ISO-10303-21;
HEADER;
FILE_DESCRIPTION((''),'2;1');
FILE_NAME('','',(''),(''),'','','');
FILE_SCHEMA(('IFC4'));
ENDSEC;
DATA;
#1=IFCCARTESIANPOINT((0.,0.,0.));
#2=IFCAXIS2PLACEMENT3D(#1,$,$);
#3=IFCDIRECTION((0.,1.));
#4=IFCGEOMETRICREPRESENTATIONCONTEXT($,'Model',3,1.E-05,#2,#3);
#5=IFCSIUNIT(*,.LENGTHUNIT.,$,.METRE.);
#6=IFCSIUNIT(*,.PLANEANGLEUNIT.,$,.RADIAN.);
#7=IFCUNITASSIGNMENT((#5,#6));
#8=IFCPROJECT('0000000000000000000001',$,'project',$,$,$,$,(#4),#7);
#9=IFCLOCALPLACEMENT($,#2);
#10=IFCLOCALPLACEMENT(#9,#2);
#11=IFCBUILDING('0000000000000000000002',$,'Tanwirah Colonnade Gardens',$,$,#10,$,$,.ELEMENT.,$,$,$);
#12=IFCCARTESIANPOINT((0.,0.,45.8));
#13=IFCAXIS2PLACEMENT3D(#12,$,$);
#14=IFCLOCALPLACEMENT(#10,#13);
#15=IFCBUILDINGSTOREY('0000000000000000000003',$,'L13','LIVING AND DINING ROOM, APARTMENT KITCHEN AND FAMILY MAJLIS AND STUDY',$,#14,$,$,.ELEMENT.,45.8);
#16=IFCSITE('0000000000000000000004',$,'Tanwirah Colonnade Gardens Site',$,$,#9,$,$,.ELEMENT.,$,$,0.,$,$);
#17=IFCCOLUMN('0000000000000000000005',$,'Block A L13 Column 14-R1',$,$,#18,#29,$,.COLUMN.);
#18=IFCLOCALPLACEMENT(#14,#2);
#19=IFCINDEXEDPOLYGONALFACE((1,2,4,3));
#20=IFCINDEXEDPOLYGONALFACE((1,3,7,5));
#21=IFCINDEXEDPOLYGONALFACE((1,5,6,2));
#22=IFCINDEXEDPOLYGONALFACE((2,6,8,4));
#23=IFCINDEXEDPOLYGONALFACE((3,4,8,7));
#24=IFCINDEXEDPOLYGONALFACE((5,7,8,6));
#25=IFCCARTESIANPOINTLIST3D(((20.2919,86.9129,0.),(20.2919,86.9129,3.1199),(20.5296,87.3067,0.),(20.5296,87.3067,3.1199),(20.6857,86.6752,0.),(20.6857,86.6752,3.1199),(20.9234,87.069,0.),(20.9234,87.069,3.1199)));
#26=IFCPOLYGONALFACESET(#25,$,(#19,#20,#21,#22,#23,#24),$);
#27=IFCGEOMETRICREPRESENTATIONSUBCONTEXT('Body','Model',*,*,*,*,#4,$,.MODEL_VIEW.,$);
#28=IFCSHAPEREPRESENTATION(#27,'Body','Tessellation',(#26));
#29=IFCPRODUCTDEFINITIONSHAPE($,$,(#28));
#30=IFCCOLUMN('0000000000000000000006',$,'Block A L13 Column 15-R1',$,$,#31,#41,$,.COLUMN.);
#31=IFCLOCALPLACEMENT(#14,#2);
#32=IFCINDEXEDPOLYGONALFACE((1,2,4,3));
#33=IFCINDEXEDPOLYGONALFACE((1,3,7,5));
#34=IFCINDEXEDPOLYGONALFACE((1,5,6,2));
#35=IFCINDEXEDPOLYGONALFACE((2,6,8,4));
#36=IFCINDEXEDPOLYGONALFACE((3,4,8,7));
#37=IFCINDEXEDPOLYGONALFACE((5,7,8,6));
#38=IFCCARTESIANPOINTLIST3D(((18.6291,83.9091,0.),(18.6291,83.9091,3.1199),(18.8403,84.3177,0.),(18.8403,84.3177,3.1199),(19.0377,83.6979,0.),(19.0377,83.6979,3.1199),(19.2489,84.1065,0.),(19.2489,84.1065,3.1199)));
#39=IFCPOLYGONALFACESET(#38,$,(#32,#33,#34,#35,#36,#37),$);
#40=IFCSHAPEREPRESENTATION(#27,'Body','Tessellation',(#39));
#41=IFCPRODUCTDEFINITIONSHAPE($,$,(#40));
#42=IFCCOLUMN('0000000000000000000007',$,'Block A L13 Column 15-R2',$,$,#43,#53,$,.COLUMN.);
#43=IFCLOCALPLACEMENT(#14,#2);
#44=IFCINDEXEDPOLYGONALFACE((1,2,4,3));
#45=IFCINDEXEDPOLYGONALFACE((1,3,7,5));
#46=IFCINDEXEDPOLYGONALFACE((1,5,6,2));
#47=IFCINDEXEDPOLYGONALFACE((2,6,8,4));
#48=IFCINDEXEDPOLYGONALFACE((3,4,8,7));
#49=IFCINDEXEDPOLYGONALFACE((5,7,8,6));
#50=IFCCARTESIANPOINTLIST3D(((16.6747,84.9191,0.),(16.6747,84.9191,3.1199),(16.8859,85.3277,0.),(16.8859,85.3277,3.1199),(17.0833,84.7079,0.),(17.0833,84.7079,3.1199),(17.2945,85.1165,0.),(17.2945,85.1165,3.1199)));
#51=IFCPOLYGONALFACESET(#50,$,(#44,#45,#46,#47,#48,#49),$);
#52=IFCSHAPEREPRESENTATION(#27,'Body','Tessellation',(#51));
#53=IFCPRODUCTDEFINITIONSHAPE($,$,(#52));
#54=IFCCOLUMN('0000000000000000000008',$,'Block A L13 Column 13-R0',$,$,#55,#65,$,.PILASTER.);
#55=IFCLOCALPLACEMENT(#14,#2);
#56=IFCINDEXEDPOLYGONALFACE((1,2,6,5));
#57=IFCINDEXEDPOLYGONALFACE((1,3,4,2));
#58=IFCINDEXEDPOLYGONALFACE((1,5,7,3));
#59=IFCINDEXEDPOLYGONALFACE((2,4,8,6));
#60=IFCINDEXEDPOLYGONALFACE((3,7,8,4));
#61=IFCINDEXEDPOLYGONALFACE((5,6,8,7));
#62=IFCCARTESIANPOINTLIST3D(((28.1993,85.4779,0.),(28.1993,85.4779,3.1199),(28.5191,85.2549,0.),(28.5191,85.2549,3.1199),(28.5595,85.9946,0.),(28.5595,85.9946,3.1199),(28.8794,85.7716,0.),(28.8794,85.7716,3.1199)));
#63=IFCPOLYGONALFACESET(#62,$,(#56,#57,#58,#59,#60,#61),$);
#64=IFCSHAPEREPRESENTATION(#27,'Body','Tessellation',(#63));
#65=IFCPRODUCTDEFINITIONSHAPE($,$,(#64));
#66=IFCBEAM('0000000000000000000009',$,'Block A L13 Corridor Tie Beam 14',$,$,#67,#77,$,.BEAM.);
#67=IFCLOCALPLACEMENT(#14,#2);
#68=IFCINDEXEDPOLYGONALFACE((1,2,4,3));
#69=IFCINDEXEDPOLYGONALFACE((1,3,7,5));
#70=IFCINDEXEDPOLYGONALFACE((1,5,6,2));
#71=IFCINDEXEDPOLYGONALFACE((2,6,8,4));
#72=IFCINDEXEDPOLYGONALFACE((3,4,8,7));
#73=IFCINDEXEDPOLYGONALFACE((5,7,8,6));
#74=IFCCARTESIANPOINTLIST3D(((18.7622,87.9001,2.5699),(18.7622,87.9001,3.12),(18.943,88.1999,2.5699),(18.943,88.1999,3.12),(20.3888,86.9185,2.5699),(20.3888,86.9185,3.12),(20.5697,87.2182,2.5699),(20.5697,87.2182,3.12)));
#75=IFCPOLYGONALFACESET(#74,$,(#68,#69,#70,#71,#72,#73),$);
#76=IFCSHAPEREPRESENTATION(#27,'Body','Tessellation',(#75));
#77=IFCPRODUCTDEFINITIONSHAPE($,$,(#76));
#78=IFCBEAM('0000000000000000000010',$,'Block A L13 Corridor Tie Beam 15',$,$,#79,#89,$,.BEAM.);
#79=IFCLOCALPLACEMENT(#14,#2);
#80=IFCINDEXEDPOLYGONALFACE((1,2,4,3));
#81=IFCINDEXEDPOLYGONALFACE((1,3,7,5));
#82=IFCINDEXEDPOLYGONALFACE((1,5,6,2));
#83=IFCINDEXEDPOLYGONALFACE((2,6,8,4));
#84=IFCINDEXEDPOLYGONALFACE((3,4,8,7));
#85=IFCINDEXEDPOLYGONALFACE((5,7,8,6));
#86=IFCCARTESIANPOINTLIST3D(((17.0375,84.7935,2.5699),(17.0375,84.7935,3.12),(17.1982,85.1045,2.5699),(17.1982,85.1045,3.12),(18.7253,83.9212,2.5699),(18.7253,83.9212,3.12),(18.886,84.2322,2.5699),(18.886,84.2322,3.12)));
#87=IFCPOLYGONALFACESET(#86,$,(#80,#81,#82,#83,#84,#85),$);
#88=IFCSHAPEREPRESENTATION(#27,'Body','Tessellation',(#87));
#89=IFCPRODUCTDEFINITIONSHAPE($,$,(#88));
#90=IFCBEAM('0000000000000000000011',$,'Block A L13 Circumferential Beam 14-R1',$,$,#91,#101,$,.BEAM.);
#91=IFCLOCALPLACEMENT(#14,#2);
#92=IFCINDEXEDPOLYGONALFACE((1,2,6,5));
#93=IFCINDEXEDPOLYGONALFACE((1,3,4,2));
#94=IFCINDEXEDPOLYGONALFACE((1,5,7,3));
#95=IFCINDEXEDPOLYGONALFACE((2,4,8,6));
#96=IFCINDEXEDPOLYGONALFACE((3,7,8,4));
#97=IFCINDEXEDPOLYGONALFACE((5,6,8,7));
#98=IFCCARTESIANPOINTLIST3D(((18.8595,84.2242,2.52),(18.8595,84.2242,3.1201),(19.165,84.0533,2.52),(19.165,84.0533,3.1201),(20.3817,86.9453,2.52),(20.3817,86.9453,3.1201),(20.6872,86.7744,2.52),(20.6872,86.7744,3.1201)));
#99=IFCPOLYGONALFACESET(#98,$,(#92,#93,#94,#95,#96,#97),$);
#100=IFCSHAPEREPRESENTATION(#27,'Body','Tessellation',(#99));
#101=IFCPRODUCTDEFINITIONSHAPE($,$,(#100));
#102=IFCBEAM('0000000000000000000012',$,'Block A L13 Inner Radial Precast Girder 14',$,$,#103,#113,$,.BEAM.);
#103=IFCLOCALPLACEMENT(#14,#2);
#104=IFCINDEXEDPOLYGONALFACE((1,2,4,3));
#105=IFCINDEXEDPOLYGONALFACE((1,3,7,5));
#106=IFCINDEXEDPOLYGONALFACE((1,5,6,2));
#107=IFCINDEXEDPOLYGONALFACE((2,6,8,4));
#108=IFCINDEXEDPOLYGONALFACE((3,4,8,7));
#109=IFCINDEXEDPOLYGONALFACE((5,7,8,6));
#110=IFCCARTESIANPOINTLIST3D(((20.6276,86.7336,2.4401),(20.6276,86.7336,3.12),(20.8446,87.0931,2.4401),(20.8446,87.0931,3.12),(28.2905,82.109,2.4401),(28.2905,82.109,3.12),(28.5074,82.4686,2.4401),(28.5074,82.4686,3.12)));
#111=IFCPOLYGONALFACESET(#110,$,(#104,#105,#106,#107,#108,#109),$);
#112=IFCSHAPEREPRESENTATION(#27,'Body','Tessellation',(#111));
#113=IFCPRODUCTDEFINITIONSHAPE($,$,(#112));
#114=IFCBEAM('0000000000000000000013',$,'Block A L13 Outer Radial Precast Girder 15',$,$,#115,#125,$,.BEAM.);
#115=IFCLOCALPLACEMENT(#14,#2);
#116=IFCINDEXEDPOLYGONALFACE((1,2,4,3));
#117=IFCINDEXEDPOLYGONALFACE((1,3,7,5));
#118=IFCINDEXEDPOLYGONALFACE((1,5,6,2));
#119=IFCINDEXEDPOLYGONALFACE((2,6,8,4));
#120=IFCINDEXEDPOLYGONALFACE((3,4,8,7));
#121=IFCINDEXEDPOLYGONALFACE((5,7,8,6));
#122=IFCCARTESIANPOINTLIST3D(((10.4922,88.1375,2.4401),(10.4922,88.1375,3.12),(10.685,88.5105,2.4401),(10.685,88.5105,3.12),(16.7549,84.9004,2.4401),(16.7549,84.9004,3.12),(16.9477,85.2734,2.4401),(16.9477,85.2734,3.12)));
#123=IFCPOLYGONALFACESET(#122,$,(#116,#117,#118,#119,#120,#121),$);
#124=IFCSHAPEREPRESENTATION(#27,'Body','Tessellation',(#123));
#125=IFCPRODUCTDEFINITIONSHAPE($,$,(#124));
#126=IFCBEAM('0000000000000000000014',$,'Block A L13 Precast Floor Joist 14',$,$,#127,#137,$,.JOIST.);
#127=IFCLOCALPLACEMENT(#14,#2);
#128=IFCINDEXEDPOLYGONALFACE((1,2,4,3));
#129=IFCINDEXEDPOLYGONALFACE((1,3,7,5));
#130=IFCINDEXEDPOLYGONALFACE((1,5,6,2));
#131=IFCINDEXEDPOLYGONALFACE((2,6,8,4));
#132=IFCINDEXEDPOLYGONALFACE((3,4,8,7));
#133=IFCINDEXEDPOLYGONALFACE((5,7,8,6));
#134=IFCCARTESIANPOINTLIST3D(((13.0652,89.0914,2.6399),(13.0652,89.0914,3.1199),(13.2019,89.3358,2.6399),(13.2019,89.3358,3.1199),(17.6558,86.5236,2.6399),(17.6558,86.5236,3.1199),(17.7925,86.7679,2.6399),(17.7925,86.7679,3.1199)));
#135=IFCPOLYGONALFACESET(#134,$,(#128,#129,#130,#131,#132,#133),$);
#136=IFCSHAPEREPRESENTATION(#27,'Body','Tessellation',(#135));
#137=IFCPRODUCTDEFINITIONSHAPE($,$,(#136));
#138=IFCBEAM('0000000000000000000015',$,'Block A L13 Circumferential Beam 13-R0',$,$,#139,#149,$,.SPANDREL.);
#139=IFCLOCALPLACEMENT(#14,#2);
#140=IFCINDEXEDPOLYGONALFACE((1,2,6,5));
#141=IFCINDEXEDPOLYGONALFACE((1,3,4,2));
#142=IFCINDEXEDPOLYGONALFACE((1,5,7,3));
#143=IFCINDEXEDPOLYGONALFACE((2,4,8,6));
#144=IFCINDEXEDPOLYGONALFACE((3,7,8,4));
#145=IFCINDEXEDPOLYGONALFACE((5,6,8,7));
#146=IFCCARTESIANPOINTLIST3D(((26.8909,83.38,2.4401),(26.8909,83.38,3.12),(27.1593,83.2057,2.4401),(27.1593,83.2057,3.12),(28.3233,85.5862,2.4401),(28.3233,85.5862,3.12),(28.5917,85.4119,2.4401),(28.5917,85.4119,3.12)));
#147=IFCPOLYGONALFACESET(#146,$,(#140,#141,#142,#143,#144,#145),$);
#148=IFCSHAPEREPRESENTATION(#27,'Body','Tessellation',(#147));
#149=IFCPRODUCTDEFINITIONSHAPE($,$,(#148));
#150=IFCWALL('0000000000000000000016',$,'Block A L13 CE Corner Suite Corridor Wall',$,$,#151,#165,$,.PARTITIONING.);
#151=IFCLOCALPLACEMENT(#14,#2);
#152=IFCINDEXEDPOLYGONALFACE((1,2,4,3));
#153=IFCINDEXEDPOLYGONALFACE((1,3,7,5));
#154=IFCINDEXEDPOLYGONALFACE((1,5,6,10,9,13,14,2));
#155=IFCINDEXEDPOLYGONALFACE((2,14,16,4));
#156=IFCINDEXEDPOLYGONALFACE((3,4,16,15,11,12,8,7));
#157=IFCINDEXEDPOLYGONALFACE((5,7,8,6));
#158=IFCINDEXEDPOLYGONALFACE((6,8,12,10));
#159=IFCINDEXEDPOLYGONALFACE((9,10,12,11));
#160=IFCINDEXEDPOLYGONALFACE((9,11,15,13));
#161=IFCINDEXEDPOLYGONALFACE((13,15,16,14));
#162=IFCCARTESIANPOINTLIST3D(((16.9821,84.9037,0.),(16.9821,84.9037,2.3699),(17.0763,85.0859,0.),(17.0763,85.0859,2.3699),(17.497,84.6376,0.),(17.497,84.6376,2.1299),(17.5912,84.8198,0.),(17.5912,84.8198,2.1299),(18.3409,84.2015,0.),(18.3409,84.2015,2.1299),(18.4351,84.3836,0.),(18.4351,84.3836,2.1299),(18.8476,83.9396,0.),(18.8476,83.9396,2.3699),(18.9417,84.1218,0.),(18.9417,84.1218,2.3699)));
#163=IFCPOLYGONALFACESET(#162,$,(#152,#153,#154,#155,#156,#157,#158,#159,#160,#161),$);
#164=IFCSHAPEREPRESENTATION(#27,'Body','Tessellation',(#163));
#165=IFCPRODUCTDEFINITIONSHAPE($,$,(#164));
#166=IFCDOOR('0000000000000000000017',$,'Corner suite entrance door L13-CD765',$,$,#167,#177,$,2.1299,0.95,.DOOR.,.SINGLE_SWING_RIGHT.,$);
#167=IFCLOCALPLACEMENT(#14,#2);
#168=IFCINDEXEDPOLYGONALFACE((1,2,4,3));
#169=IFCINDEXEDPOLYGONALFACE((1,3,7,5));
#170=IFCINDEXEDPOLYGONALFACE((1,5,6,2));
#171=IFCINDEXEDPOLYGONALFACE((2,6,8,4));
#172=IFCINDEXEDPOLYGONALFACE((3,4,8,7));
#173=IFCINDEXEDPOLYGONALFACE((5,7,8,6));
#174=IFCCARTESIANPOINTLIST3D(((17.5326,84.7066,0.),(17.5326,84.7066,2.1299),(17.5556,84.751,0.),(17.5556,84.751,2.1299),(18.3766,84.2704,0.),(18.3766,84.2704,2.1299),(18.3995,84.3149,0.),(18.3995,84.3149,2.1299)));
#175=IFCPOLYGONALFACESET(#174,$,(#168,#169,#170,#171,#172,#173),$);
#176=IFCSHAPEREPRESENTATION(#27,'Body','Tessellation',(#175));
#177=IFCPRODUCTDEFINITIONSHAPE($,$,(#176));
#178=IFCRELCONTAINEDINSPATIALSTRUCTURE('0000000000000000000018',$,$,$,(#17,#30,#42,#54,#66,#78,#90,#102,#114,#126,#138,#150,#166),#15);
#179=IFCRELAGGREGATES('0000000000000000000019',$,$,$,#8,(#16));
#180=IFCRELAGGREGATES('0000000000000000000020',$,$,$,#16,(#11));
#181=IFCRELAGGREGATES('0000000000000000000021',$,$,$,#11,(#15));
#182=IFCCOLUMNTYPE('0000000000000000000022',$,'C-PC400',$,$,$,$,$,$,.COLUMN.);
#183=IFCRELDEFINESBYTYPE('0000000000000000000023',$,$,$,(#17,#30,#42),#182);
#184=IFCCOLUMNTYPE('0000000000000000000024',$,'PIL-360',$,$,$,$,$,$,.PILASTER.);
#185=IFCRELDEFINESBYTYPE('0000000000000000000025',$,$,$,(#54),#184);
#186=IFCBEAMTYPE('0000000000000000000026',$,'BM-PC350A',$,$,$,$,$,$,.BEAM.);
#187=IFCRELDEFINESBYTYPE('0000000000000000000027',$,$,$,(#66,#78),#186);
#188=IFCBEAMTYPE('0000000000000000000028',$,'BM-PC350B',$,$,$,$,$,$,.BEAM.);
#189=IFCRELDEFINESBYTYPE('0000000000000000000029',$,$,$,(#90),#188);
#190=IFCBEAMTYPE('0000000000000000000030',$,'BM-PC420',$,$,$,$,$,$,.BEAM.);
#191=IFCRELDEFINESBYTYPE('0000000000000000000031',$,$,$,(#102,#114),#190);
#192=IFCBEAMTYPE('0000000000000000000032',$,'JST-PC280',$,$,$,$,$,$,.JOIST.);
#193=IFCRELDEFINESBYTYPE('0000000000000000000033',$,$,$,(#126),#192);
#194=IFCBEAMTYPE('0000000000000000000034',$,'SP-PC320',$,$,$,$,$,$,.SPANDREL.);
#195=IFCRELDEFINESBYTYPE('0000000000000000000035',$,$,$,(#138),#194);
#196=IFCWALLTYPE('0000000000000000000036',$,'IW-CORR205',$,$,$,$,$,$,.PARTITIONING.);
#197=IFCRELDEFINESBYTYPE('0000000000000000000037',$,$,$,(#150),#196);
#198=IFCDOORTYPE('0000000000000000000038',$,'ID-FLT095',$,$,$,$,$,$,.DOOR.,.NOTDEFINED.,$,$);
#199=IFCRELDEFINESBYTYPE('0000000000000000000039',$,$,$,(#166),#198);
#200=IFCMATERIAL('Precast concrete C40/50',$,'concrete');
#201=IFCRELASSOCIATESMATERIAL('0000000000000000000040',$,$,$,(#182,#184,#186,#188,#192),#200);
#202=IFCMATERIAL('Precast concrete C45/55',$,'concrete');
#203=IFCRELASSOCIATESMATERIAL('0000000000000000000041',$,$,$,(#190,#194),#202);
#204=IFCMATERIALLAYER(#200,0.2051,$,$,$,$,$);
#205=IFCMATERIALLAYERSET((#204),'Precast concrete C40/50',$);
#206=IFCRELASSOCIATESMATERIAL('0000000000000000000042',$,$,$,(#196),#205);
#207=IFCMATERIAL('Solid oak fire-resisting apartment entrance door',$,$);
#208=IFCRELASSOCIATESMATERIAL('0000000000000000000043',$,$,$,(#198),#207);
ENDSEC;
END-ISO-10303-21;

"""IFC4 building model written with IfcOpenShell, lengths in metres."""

from ifc_helpers import new_model, si_unit, direction, frame, frame_2d, origin, origin_2d, place, context, subcontext, project, spatial, rectangle, extrude, material, layer, layer_set, material_profile, profile_set, type_object, element, fill, save


model = new_model("IFC4")

# Units and contexts
model_context = context("Model", 3, precision=1e-05, world=origin(), true_north=direction((0.0, 1.0)))
body_context = subcontext(model_context, "Body", "Model", "MODEL_VIEW")
ifc_project = project(units=[si_unit("LENGTHUNIT", "METRE"), si_unit("PLANEANGLEUNIT", "RADIAN")], contexts=[model_context])

# Site, building, storey
site_placement = place(None, origin())
site = spatial("IfcSite", under=ifc_project, at=site_placement, Name="Tanwirah Colonnade Gardens Site", CompositionType="ELEMENT", RefElevation=0.0)
building_placement = place(site_placement, origin())
building = spatial("IfcBuilding", under=site, at=building_placement, Name="Tanwirah Colonnade Gardens", CompositionType="ELEMENT")
storey_placement = place(building_placement, frame((0.0, 0.0, 45.8)))
storey = spatial("IfcBuildingStorey", under=building, at=storey_placement, Name="L13", Description="LIVING AND DINING ROOM, APARTMENT KITCHEN AND FAMILY MAJLIS AND STUDY", CompositionType="ELEMENT", Elevation=45.8)

# Columns
ifc_material_1 = material(Name="Precast concrete C40/50", Category="concrete")
ifc_material_profile_1 = material_profile(ifc_material_1, rectangle(XDim=0.46, YDim=0.46, at=origin_2d()), Name="PC-COL 460x460")
ifc_profile_set_1 = profile_set([ifc_material_profile_1], Name="Precast concrete C40/50")
column_type_1 = type_object("IfcColumnType", Name="C-PC400", PredefinedType="COLUMN", material=ifc_profile_set_1)
for number, where, z_axis, x_axis, name in (
    (1, (20.6077, 86.991, 0.0), (0.0, 0.0, 1.0), (-0.856167, 0.516699, 0.0), "Block A L13 Column 14-R1"),
    (2, (18.939, 84.0078, 0.0), (0.0, 0.0, 1.0), (-0.88835, 0.459166, 0.0), "Block A L13 Column 15-R1"),
    (3, (16.9846, 85.0178, 0.0), (0.0, 0.0, 1.0), (-0.88835, 0.459166, 0.0), "Block A L13 Column 15-R2"),
):
    element("IfcColumn", number, at=place(storey_placement, frame(where, z_axis=z_axis, x_axis=x_axis)), inside=storey, type_object=column_type_1, Name=name, PredefinedType="COLUMN", context=body_context, shape_type="SweptSolid", body=[
        extrude(rectangle(XDim=0.46, YDim=0.46, at=origin_2d()), origin(), (0.0, 0.0, 1.0), 3.1199),
    ])
ifc_material_profile_2 = material_profile(ifc_material_1, rectangle(XDim=0.3899, YDim=0.6299, at=origin_2d()), Name="PC-PIL 390x630")
ifc_profile_set_2 = profile_set([ifc_material_profile_2], Name="Precast concrete C40/50")
column_type_2 = type_object("IfcColumnType", Name="PIL-360", PredefinedType="PILASTER", material=ifc_profile_set_2)
column_placement = place(storey_placement, frame((28.5393, 85.6248, 0.0), z_axis=(0.0, 0.0, 1.0), x_axis=(-0.820263, 0.571987, 0.0)))
element("IfcColumn", 4, at=column_placement, inside=storey, type_object=column_type_2, Name="Block A L13 Column 13-R0", PredefinedType="PILASTER", context=body_context, shape_type="SweptSolid", body=[
    extrude(rectangle(XDim=0.3899, YDim=0.6299, at=origin_2d()), origin(), (0.0, 0.0, 1.0), 3.1199),
])

# Beams
ifc_material_profile_3 = material_profile(ifc_material_1, rectangle(XDim=0.3501, YDim=0.55, at=origin_2d()), Name="PC-BM 350x550")
ifc_profile_set_3 = profile_set([ifc_material_profile_3], Name="Precast concrete C40/50")
beam_type_1 = type_object("IfcBeamType", Name="BM-PC350A", PredefinedType="BEAM", material=ifc_profile_set_3)
for number, where, z_axis, x_axis, name in (
    (5, (20.4792, 87.0684, 2.845), (-0.856175, 0.516686, 0.0), (-0.516686, -0.856175, 0.0), "Block A L13 Corridor Tie Beam 14"),
    (6, (18.8057, 84.0767, 2.845), (-0.888359, 0.45915, 0.0), (-0.45915, -0.888359, 0.0), "Block A L13 Corridor Tie Beam 15"),
):
    element("IfcBeam", number, at=place(storey_placement, frame(where, z_axis=z_axis, x_axis=x_axis)), inside=storey, type_object=beam_type_1, Name=name, PredefinedType="BEAM", context=body_context, shape_type="SweptSolid", body=[
        extrude(rectangle(XDim=0.3501, YDim=0.55, at=origin_2d()), origin(), (0.0, 0.0, 1.0), 1.8999),
    ])
ifc_material_profile_4 = material_profile(ifc_material_1, rectangle(XDim=0.3501, YDim=0.6001, at=origin_2d()), Name="PC-BM 350x600")
ifc_profile_set_4 = profile_set([ifc_material_profile_4], Name="Precast concrete C40/50")
beam_type_2 = type_object("IfcBeamType", Name="BM-PC350B", PredefinedType="BEAM", material=ifc_profile_set_4)
beam_1_placement = place(storey_placement, frame((20.5344, 86.8599, 2.8201), z_axis=(-0.4882, -0.872732, 0.0), x_axis=(0.872732, -0.4882, 0.0)))
element("IfcBeam", 7, at=beam_1_placement, inside=storey, type_object=beam_type_2, Name="Block A L13 Circumferential Beam 14-R1", PredefinedType="BEAM", context=body_context, shape_type="SweptSolid", body=[
    extrude(rectangle(XDim=0.3501, YDim=0.6001, at=origin_2d()), origin(), (0.0, 0.0, 1.0), 3.1179),
])
ifc_material_2 = material(Name="Precast concrete C45/55", Category="concrete")
ifc_material_profile_5 = material_profile(ifc_material_2, rectangle(XDim=0.4199, YDim=0.6799, at=origin_2d()), Name="PC-BM 420x680")
ifc_profile_set_5 = profile_set([ifc_material_profile_5], Name="Precast concrete C45/55")
beam_type_3 = type_object("IfcBeamType", Name="BM-PC420", PredefinedType="BEAM", material=ifc_profile_set_5)
beam_2_placement = place(storey_placement, frame((20.7361, 86.9133, 2.78), z_axis=(0.856169, -0.516696, 0.0), x_axis=(0.516696, 0.856169, 0.0)))
element("IfcBeam", 8, at=beam_2_placement, inside=storey, type_object=beam_type_3, Name="Block A L13 Inner Radial Precast Girder 14", PredefinedType="BEAM", context=body_context, shape_type="SweptSolid", body=[
    extrude(rectangle(XDim=0.4199, YDim=0.6799, at=origin_2d()), origin(), (0.0, 0.0, 1.0), 8.9502),
])
beam_3_placement = place(storey_placement, frame((16.8513, 85.0869, 2.78), z_axis=(-0.888349, 0.459169, 0.0), x_axis=(-0.459169, -0.888349, 0.0)))
element("IfcBeam", 9, at=beam_3_placement, inside=storey, type_object=beam_type_3, Name="Block A L13 Outer Radial Precast Girder 15", PredefinedType="BEAM", context=body_context, shape_type="SweptSolid", body=[
    extrude(rectangle(XDim=0.4199, YDim=0.6799, at=origin_2d()), origin(), (0.0, 0.0, 1.0), 7.0498),
])
ifc_material_profile_6 = material_profile(ifc_material_1, rectangle(XDim=0.28, YDim=0.48, at=origin_2d()), Name="PC-JST 280x480")
ifc_profile_set_6 = profile_set([ifc_material_profile_6], Name="Precast concrete C40/50")
beam_type_4 = type_object("IfcBeamType", Name="JST-PC280", PredefinedType="JOIST", material=ifc_profile_set_6)
beam_4_placement = place(storey_placement, frame((17.7241, 86.6458, 2.8799), z_axis=(-0.872737, 0.488191, 0.0), x_axis=(-0.488191, -0.872737, 0.0)))
element("IfcBeam", 10, at=beam_4_placement, inside=storey, type_object=beam_type_4, Name="Block A L13 Precast Floor Joist 14", PredefinedType="JOIST", context=body_context, shape_type="SweptSolid", body=[
    extrude(rectangle(XDim=0.28, YDim=0.48, at=origin_2d()), origin(), (0.0, 0.0, 1.0), 5.26),
])
ifc_material_profile_7 = material_profile(ifc_material_2, rectangle(XDim=0.3201, YDim=0.6799, at=origin_2d()), Name="PC-SP 320x680")
ifc_profile_set_7 = profile_set([ifc_material_profile_7], Name="Precast concrete C45/55")
beam_type_5 = type_object("IfcBeamType", Name="SP-PC320", PredefinedType="SPANDREL", material=ifc_profile_set_7)
beam_5_placement = place(storey_placement, frame((28.4575, 85.499, 2.78), z_axis=(-0.544571, -0.838715, 0.0), x_axis=(0.838715, -0.544571, 0.0)))
element("IfcBeam", 11, at=beam_5_placement, inside=storey, type_object=beam_type_5, Name="Block A L13 Circumferential Beam 13-R0", PredefinedType="SPANDREL", context=body_context, shape_type="SweptSolid", body=[
    extrude(rectangle(XDim=0.3201, YDim=0.6799, at=origin_2d()), origin(), (0.0, 0.0, 1.0), 2.6304),
])

# Wall, opening, door
ifc_layer_1 = layer(ifc_material_1, 0.2051)
ifc_layer_set_1 = layer_set([ifc_layer_1], Name="Precast concrete C40/50")
wall_type_1 = type_object("IfcWallType", Name="IW-CORR205", PredefinedType="PARTITIONING", material=ifc_layer_set_1)
ifc_material_3 = material(Name="Solid oak fire-resisting apartment entrance door")
wall_1_placement = place(storey_placement, frame((18.8945, 84.0308, 0.0), z_axis=(0.0, 0.0, 1.0), x_axis=(-0.888371, 0.459126, 0.0)))
wall_1 = element("IfcWall", 12, at=wall_1_placement, inside=storey, type_object=wall_type_1, Name="Block A L13 CE Corner Suite Corridor Wall", PredefinedType="PARTITIONING", context=body_context, shape_type="SweptSolid", body=[
    extrude(rectangle(XDim=2.0999, YDim=0.2051, at=frame_2d((1.0498, 0.0))), origin(), (0.0, 0.0, 1.0), 2.3699),
])
opening_1_placement = place(wall_1_placement, frame((0.5701, 0.0, 0.0)))
opening_1 = element("IfcOpeningElement", 13, at=opening_1_placement, cuts=wall_1, PredefinedType="OPENING", context=body_context, shape_type="SweptSolid", body=[
    extrude(rectangle(XDim=0.95, YDim=2.1299, at=frame_2d((0.4751, 1.0649))), frame((0.0, 0.1125, 0.0), z_axis=(0.0, -1.0, 0.0), x_axis=(1.0, 0.0, 0.0)), (0.0, 0.0, 1.0), 0.2251),
])
door_type_1 = type_object("IfcDoorType", Name="ID-FLT095", OperationType="NOTDEFINED", PredefinedType="DOOR", material=ifc_material_3)
door_1_placement = place(opening_1_placement, origin())
door_1 = element("IfcDoor", 14, at=door_1_placement, inside=storey, type_object=door_type_1, Name="Corner suite entrance door L13-CD765", OperationType="SINGLE_SWING_RIGHT", OverallHeight=2.1299, OverallWidth=0.95, PredefinedType="DOOR", context=body_context, shape_type="SweptSolid", body=[
    extrude(rectangle(XDim=0.95, YDim=2.1299, at=frame_2d((0.4751, 1.0649))), frame((0.0, 0.0249, 0.0), z_axis=(0.0, -1.0, 0.0), x_axis=(1.0, 0.0, 0.0)), (0.0, 0.0, 1.0), 0.05),
])
fill(opening_1, door_1)

save(model, "model.ifc")
